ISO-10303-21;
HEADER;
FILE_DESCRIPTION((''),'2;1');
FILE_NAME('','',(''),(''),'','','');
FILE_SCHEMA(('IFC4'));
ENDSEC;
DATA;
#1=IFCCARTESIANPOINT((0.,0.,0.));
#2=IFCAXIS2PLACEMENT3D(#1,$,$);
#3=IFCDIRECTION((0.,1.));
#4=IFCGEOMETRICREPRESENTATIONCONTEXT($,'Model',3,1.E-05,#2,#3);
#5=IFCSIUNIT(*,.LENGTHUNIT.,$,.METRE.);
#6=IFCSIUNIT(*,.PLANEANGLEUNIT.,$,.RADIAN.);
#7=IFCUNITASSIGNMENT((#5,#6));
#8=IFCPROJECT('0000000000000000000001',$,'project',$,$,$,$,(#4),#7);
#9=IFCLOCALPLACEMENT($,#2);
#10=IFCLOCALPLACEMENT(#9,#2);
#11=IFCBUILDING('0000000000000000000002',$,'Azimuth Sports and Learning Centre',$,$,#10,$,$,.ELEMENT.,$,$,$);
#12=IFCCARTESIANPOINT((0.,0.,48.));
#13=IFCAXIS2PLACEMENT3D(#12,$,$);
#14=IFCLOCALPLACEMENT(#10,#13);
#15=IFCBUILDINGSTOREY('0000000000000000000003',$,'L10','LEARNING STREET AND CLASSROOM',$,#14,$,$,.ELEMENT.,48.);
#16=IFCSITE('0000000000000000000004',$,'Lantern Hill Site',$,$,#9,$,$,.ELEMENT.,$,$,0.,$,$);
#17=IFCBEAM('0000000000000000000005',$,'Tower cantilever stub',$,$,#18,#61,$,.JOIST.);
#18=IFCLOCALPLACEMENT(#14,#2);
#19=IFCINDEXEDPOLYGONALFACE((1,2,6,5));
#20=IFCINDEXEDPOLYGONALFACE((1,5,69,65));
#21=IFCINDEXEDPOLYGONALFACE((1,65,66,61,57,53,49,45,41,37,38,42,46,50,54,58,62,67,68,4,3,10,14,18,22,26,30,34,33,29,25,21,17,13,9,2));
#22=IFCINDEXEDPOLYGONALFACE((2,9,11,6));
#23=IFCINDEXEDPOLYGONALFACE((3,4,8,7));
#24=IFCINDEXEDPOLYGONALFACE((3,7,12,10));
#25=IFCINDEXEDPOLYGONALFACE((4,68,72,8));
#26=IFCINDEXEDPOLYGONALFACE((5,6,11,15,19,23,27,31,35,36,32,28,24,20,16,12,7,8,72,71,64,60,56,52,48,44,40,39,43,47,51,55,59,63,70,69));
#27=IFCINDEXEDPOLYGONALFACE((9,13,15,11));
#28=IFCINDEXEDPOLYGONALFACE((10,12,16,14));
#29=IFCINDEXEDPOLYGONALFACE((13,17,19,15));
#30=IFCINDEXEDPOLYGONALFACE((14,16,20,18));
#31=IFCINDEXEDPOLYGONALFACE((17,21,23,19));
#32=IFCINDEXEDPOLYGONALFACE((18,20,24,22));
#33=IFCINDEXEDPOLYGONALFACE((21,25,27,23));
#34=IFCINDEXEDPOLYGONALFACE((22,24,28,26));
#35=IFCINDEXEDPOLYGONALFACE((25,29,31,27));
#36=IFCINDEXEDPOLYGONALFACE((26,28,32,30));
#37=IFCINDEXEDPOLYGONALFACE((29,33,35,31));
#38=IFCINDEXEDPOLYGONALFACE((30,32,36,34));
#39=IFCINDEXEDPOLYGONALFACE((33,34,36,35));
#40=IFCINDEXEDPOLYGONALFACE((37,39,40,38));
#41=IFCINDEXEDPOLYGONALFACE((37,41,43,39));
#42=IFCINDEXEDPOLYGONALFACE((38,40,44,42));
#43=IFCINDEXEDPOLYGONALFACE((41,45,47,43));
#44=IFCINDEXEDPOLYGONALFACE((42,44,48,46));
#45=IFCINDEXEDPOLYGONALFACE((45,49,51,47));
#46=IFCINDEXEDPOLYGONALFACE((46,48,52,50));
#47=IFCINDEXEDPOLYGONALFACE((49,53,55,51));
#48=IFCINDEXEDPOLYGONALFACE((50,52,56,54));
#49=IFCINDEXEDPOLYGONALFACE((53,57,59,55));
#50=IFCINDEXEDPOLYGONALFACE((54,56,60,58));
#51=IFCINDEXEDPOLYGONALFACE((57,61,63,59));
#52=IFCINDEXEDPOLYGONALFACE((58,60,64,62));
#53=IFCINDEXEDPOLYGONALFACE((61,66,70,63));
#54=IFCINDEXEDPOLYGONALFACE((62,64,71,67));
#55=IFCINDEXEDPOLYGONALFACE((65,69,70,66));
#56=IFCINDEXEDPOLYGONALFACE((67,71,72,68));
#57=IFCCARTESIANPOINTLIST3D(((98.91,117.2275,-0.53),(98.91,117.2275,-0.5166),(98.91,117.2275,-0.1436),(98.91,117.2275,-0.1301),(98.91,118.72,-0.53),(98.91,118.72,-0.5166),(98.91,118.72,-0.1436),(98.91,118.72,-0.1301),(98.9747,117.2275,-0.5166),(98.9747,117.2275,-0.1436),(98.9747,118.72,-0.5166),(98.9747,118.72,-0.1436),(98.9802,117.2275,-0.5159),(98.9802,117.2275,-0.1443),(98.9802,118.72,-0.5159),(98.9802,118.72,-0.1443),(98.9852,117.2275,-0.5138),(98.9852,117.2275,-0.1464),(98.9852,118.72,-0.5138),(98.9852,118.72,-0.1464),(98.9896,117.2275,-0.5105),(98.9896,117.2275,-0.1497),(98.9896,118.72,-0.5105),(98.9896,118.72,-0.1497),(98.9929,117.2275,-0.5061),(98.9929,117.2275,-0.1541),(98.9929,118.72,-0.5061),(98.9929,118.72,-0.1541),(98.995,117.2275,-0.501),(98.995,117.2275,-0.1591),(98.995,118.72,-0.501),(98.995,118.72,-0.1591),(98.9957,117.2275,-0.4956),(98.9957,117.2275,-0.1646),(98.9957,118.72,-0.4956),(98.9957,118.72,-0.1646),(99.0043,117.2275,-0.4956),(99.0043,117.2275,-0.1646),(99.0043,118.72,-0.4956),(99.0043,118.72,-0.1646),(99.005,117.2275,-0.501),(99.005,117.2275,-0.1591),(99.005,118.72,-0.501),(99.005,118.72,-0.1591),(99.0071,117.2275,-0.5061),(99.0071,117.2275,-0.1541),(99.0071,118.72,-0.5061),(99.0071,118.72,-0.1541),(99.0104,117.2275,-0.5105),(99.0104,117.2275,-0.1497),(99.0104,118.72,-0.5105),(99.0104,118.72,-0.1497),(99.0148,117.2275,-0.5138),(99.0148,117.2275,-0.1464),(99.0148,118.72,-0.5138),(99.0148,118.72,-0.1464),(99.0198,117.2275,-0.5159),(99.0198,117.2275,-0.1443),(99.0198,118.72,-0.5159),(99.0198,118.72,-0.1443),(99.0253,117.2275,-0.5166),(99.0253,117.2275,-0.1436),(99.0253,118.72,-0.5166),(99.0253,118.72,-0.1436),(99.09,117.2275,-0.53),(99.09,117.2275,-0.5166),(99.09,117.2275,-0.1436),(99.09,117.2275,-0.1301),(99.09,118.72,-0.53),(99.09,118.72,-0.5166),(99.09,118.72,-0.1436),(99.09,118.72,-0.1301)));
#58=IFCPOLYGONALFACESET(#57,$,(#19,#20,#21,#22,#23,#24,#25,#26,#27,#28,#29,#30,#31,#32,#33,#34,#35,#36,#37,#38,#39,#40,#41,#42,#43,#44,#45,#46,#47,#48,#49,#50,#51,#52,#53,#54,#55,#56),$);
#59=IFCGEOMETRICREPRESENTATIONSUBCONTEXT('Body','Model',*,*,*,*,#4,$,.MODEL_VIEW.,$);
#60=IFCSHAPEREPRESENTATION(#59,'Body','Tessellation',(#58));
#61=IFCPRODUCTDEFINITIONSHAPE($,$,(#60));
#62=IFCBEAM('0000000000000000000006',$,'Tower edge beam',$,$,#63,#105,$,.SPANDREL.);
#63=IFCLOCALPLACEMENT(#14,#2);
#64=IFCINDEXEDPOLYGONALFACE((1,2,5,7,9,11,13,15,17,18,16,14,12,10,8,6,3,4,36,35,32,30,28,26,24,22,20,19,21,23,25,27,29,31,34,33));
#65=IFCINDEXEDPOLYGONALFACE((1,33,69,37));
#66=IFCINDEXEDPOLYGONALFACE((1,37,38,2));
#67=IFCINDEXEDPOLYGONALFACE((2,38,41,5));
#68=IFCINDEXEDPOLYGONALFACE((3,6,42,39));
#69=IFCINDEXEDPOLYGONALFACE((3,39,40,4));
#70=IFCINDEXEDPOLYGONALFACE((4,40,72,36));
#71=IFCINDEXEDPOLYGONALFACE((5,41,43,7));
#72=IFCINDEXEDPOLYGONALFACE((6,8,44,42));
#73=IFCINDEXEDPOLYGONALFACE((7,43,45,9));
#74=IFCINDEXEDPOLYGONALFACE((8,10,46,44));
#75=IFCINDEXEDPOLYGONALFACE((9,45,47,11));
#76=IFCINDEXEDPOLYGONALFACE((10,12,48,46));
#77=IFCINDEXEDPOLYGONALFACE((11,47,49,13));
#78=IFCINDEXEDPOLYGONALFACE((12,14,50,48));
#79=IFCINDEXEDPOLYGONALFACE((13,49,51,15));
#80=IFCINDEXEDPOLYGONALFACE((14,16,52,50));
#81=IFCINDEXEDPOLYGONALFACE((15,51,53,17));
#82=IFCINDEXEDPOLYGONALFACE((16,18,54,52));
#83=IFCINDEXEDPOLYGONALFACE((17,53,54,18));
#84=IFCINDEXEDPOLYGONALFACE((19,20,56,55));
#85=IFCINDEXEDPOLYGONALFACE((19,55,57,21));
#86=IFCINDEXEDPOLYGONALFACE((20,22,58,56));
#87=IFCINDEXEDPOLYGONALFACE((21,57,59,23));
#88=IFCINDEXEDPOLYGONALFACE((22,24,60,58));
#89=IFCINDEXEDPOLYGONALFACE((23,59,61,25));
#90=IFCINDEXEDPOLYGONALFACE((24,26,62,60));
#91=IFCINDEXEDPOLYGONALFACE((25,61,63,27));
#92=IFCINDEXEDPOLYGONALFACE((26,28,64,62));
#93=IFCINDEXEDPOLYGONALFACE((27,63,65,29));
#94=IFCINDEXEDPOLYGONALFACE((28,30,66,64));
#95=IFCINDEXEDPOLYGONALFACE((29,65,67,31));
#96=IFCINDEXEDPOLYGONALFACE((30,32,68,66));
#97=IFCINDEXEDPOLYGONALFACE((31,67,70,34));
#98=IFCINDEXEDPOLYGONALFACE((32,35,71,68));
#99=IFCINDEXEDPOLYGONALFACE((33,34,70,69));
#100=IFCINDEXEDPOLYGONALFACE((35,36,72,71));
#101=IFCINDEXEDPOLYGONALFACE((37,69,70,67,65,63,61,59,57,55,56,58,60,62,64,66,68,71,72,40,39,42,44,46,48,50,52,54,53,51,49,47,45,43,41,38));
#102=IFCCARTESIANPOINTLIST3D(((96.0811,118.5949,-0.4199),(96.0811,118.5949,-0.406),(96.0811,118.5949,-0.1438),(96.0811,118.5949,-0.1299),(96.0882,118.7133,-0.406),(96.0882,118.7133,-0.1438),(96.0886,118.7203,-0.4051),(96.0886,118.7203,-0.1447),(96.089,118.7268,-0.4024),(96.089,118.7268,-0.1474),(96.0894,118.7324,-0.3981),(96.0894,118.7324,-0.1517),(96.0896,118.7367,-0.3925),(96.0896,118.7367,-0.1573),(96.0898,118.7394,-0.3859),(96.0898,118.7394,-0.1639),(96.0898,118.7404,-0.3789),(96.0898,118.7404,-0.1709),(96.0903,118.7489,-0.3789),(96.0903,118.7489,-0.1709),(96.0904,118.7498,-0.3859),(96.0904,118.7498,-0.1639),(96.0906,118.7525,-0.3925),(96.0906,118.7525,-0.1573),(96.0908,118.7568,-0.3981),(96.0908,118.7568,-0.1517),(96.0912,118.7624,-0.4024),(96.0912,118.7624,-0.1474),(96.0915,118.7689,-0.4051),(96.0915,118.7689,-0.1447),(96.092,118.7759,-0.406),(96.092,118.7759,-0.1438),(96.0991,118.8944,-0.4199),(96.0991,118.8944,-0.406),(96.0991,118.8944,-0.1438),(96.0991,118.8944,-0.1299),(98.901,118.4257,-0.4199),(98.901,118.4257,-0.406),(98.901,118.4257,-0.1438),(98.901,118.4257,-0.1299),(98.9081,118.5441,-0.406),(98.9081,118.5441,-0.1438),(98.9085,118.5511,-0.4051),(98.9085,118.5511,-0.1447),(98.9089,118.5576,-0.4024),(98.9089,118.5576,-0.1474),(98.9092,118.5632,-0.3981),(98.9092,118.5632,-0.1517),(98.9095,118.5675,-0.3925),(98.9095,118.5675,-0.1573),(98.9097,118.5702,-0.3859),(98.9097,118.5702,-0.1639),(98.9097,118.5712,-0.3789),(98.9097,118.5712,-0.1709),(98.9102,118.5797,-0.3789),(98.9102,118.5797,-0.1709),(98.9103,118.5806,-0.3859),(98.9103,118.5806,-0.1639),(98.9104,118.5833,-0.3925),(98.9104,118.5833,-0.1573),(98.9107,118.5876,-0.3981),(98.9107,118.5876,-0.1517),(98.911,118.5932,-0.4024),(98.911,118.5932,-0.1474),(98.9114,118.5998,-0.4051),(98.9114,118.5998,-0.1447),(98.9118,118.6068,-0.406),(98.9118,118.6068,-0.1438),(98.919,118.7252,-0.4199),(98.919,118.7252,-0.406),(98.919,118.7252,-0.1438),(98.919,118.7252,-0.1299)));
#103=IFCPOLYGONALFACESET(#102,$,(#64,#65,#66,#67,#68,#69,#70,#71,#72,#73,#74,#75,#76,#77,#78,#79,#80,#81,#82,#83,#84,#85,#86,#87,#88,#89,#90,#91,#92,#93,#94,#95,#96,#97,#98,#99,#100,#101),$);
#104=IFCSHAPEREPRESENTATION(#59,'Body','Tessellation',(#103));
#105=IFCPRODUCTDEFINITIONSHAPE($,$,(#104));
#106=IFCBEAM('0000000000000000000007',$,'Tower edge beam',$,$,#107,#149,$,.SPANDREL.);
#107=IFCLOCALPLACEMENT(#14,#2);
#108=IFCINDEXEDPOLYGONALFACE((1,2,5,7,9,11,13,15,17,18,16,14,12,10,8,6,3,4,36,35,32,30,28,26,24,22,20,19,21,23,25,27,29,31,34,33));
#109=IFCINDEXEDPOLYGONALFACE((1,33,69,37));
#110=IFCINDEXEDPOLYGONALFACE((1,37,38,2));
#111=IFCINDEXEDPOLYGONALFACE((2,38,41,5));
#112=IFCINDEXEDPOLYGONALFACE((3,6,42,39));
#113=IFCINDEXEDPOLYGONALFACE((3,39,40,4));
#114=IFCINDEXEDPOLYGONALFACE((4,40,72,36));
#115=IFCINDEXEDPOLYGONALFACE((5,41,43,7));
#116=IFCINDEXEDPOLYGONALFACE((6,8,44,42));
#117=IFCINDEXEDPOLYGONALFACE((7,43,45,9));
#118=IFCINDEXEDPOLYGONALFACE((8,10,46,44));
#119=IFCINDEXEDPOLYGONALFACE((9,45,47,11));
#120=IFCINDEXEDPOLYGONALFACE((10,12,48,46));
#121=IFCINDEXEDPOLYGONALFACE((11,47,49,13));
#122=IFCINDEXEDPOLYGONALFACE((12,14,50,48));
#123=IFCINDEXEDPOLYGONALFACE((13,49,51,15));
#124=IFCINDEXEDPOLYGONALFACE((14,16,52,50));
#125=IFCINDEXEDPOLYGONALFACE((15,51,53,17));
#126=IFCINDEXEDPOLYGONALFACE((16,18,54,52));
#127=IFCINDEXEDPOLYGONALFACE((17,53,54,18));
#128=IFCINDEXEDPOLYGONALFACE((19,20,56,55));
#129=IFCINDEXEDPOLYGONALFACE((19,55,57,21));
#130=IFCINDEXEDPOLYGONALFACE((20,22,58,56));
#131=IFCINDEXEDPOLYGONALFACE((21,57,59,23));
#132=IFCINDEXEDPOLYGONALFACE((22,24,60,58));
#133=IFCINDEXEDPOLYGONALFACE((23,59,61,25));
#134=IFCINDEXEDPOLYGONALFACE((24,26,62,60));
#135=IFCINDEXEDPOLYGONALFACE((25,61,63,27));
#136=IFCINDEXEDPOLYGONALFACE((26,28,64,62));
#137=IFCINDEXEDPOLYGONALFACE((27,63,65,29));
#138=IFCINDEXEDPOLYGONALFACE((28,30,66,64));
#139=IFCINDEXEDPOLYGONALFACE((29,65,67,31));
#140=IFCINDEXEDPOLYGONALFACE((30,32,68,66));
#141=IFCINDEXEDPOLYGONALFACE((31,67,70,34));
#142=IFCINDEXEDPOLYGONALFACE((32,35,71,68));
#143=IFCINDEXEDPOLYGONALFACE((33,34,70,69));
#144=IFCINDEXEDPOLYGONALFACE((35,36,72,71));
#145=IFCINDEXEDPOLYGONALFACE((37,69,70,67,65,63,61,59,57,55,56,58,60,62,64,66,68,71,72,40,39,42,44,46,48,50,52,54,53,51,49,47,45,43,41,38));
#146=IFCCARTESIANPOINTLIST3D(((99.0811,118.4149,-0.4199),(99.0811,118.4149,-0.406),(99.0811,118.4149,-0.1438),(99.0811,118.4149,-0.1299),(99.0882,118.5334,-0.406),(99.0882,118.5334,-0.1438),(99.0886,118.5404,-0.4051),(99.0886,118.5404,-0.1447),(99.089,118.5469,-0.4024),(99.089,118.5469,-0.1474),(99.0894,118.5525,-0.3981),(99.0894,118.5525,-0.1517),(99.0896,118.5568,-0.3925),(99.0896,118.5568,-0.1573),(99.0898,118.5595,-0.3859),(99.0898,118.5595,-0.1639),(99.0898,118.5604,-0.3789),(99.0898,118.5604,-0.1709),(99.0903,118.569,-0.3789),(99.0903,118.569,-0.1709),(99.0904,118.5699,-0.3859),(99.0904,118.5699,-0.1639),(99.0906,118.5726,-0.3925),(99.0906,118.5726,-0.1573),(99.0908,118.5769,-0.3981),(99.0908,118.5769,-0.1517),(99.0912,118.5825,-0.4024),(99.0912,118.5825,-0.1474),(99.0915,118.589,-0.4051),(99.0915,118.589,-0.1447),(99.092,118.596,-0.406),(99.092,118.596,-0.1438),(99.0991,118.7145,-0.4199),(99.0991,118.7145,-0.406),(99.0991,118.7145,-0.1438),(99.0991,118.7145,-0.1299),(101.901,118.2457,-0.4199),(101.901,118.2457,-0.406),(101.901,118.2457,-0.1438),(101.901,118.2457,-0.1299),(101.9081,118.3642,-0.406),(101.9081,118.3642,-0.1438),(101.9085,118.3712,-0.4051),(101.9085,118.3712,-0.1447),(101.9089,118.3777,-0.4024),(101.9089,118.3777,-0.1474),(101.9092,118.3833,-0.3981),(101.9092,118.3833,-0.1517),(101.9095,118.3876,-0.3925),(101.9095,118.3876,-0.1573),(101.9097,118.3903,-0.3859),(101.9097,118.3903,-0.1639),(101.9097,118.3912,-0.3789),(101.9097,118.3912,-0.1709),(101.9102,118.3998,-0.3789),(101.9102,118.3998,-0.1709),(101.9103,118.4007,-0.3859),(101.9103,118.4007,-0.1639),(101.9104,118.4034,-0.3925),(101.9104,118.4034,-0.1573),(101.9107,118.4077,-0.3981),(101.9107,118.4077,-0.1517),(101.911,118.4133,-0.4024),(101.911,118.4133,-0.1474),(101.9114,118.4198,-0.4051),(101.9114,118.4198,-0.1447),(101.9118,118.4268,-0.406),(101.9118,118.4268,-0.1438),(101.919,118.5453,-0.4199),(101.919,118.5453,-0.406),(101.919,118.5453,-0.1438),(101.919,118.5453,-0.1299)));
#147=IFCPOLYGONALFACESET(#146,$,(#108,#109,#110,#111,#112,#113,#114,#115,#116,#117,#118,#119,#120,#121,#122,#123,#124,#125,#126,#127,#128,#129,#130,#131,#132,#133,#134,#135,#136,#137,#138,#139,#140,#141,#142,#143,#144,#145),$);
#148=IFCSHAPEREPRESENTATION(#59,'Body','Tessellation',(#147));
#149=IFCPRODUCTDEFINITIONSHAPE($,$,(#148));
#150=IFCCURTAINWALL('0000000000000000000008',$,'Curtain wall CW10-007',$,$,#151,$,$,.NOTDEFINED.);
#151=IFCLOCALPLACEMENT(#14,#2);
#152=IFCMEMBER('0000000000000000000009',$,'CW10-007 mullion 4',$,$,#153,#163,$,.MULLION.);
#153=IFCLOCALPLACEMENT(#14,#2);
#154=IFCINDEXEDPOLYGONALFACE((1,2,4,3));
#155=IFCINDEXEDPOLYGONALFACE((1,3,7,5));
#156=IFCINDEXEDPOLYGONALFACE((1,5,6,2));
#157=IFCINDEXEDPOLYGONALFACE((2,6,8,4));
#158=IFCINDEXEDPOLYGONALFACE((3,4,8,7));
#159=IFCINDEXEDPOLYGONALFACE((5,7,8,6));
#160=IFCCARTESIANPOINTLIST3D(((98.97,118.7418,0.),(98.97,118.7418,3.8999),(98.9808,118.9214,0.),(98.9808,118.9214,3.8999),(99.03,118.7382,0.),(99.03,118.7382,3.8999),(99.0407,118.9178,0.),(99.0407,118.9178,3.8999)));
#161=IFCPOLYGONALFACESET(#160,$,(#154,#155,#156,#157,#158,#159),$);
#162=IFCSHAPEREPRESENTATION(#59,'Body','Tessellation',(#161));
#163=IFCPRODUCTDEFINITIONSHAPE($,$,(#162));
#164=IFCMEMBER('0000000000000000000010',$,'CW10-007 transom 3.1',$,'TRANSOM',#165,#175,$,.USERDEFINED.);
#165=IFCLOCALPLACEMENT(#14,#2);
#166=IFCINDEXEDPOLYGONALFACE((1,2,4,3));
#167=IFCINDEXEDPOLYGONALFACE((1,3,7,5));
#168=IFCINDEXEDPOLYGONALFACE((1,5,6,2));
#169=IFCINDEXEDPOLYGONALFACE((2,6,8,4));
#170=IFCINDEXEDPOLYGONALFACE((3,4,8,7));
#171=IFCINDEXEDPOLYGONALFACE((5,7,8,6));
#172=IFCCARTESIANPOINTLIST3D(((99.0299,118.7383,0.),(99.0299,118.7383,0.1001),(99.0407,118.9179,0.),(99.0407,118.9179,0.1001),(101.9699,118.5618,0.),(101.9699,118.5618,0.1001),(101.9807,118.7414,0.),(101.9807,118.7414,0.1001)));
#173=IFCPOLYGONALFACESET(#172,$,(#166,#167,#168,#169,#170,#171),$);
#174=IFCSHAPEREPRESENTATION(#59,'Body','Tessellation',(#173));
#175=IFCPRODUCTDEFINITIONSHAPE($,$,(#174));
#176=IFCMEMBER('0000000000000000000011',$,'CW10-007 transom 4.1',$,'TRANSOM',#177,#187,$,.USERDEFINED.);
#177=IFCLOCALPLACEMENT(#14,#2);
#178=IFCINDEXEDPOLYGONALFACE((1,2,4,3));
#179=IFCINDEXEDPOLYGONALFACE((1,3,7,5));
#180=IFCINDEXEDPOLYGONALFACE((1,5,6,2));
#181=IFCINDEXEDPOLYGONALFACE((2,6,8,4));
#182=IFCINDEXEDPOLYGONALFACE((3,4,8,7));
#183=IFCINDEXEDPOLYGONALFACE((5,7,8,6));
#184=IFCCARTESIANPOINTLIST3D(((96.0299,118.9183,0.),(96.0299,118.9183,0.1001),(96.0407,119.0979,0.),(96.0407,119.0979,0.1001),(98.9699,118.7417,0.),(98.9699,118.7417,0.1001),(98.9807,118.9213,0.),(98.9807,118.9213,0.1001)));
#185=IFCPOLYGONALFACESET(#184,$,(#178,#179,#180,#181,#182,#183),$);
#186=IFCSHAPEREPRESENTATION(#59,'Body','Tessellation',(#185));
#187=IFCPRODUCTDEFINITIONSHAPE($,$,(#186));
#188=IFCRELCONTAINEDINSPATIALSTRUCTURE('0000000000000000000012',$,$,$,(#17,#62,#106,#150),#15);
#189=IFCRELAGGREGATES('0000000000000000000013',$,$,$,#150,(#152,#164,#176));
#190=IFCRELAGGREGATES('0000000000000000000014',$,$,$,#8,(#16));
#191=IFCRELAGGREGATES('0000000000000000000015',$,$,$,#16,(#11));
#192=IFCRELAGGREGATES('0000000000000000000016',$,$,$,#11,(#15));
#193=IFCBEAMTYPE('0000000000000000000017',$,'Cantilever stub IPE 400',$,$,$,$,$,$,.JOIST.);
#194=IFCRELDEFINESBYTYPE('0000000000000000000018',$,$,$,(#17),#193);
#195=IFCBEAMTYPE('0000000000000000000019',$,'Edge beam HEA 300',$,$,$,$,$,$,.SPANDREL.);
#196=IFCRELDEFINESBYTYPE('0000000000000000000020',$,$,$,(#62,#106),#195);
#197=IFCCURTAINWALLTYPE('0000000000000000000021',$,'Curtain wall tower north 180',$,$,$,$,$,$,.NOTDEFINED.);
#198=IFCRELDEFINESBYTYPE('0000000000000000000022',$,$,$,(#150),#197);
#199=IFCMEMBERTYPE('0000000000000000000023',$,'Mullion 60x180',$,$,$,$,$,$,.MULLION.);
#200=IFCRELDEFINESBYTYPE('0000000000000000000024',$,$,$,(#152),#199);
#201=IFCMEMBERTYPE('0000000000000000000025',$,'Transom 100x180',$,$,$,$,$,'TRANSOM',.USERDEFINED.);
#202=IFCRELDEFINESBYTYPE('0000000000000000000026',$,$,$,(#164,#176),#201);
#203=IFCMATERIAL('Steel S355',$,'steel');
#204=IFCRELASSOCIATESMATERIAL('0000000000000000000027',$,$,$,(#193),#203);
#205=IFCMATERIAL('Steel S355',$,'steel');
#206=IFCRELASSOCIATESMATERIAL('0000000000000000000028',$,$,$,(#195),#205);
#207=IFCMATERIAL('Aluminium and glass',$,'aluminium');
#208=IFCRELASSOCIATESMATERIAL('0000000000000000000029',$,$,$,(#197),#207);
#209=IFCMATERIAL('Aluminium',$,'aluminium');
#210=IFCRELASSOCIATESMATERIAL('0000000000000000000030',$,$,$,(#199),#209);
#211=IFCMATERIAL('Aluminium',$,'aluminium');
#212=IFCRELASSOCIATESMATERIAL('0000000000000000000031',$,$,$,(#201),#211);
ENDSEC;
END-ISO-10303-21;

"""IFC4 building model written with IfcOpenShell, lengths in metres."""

from ifc_helpers import new_model, si_unit, direction, frame, origin, origin_2d, place, context, subcontext, project, spatial, rectangle, i_section, extrude, material, material_profile, profile_set, type_object, element, aggregate, save


model = new_model("IFC4")

# Units and contexts
model_context = context("Model", 3, precision=1e-05, world=origin(), true_north=direction((0.0, 1.0)))
body_context = subcontext(model_context, "Body", "Model", "MODEL_VIEW")
ifc_project = project(units=[si_unit("LENGTHUNIT", "METRE"), si_unit("PLANEANGLEUNIT", "RADIAN")], contexts=[model_context])

# Site, building, storey
site_placement = place(None, origin())
site = spatial("IfcSite", under=ifc_project, at=site_placement, Name="Lantern Hill Site", CompositionType="ELEMENT", RefElevation=0.0)
building_placement = place(site_placement, origin())
building = spatial("IfcBuilding", under=site, at=building_placement, Name="Azimuth Sports and Learning Centre", CompositionType="ELEMENT")
storey_placement = place(building_placement, frame((0.0, 0.0, 48.0)))
storey = spatial("IfcBuildingStorey", under=building, at=storey_placement, Name="L10", Description="LEARNING STREET AND CLASSROOM", CompositionType="ELEMENT", Elevation=48.0)

# Beams
ifc_material_1 = material(Name="Steel S355", Category="steel")
ifc_material_profile_1 = material_profile(ifc_material_1, i_section(OverallWidth=0.1799, OverallDepth=0.3999, WebThickness=0.0085, FlangeThickness=0.0134, FilletRadius=0.021, at=origin_2d()), Name="IPE 400")
ifc_profile_set_1 = profile_set([ifc_material_profile_1], Name="Steel S355")
beam_type_1 = type_object("IfcBeamType", Name="Cantilever stub IPE 400", PredefinedType="JOIST", material=ifc_profile_set_1)
beam_1_placement = place(storey_placement, frame((99.0, 117.2275, -0.3301), z_axis=(0.0, 1.0, 0.0), x_axis=(-1.0, 0.0, 0.0)))
element("IfcBeam", 1, at=beam_1_placement, inside=storey, type_object=beam_type_1, Name="Tower cantilever stub", PredefinedType="JOIST", context=body_context, shape_type="SweptSolid", body=[
    extrude(i_section(OverallWidth=0.1799, OverallDepth=0.3999, WebThickness=0.0085, FlangeThickness=0.0134, FilletRadius=0.021, at=origin_2d()), origin(), (0.0, 0.0, 1.0), 1.4924),
])
ifc_material_2 = material(Name="Steel S355", Category="steel")
ifc_material_profile_2 = material_profile(ifc_material_2, i_section(OverallWidth=0.3, OverallDepth=0.29, WebThickness=0.0085, FlangeThickness=0.0139, FilletRadius=0.0271, at=origin_2d()), Name="HEA 300")
ifc_profile_set_2 = profile_set([ifc_material_profile_2], Name="Steel S355")
beam_type_2 = type_object("IfcBeamType", Name="Edge beam HEA 300", PredefinedType="SPANDREL", material=ifc_profile_set_2)
for number, where, z_axis, x_axis, name in (
    (2, (96.0901, 118.7446, -0.2749), (0.998205, -0.059892, 0.0), (0.059892, 0.998205, 0.0), "Tower edge beam"),
    (3, (99.0901, 118.5647, -0.2749), (0.998205, -0.059892, 0.0), (0.059892, 0.998205, 0.0), "Tower edge beam"),
):
    element("IfcBeam", number, at=place(storey_placement, frame(where, z_axis=z_axis, x_axis=x_axis)), inside=storey, type_object=beam_type_2, Name=name, PredefinedType="SPANDREL", context=body_context, shape_type="SweptSolid", body=[
        extrude(i_section(OverallWidth=0.3, OverallDepth=0.29, WebThickness=0.0085, FlangeThickness=0.0139, FilletRadius=0.0271, at=origin_2d()), origin(), (0.0, 0.0, 1.0), 2.825),
    ])

# Curtain wall, members
ifc_material_3 = material(Name="Aluminium and glass", Category="aluminium")
curtain_wall_type = type_object("IfcCurtainWallType", Name="Curtain wall tower north 180", PredefinedType="NOTDEFINED", material=ifc_material_3)
curtain_wall_placement = place(storey_placement, origin())
curtain_wall = element("IfcCurtainWall", 4, at=curtain_wall_placement, inside=storey, type_object=curtain_wall_type, Name="Curtain wall CW10-007", PredefinedType="NOTDEFINED")
ifc_material_4 = material(Name="Aluminium", Category="aluminium")
ifc_material_profile_3 = material_profile(ifc_material_4, rectangle(XDim=0.1799, YDim=0.0601, at=origin_2d()), Name="Mullion 60x180")
ifc_profile_set_3 = profile_set([ifc_material_profile_3], Name="Aluminium")
member_type_1 = type_object("IfcMemberType", Name="Mullion 60x180", PredefinedType="MULLION", material=ifc_profile_set_3)
member_1_placement = place(storey_placement, frame((99.0054, 118.8298, 0.0), z_axis=(0.0, 0.0, 1.0), x_axis=(-0.059892, -0.998205, 0.0)))
member_1 = element("IfcMember", 5, at=member_1_placement, type_object=member_type_1, Name="CW10-007 mullion 4", PredefinedType="MULLION", context=body_context, shape_type="SweptSolid", body=[
    extrude(rectangle(XDim=0.1799, YDim=0.0601, at=origin_2d()), origin(), (0.0, 0.0, 1.0), 3.8999),
])
ifc_material_5 = material(Name="Aluminium", Category="aluminium")
ifc_material_profile_4 = material_profile(ifc_material_5, rectangle(XDim=0.1799, YDim=0.1001, at=origin_2d()), Name="Transom 100x180")
ifc_profile_set_4 = profile_set([ifc_material_profile_4], Name="Aluminium")
member_type_2 = type_object("IfcMemberType", Name="Transom 100x180", ElementType="TRANSOM", PredefinedType="USERDEFINED", material=ifc_profile_set_4)
member_2_placement = place(storey_placement, frame((101.9753, 118.6516, 0.05), z_axis=(-0.998202, 0.059932, 0.0), x_axis=(-0.059932, -0.998202, 0.0)))
member_2 = element("IfcMember", 6, at=member_2_placement, type_object=member_type_2, Name="CW10-007 transom 3.1", ObjectType="TRANSOM", PredefinedType="USERDEFINED", context=body_context, shape_type="SweptSolid", body=[
    extrude(rectangle(XDim=0.1799, YDim=0.1001, at=origin_2d()), origin(), (0.0, 0.0, 1.0), 2.9453),
])
member_3_placement = place(storey_placement, frame((98.9753, 118.8315, 0.05), z_axis=(-0.998202, 0.059932, 0.0), x_axis=(-0.059932, -0.998202, 0.0)))
member_3 = element("IfcMember", 7, at=member_3_placement, type_object=member_type_2, Name="CW10-007 transom 4.1", ObjectType="TRANSOM", PredefinedType="USERDEFINED", context=body_context, shape_type="SweptSolid", body=[
    extrude(rectangle(XDim=0.1799, YDim=0.1001, at=origin_2d()), origin(), (0.0, 0.0, 1.0), 2.9453),
])
aggregate(curtain_wall, [member_1, member_2, member_3])

save(model, "model.ifc")
